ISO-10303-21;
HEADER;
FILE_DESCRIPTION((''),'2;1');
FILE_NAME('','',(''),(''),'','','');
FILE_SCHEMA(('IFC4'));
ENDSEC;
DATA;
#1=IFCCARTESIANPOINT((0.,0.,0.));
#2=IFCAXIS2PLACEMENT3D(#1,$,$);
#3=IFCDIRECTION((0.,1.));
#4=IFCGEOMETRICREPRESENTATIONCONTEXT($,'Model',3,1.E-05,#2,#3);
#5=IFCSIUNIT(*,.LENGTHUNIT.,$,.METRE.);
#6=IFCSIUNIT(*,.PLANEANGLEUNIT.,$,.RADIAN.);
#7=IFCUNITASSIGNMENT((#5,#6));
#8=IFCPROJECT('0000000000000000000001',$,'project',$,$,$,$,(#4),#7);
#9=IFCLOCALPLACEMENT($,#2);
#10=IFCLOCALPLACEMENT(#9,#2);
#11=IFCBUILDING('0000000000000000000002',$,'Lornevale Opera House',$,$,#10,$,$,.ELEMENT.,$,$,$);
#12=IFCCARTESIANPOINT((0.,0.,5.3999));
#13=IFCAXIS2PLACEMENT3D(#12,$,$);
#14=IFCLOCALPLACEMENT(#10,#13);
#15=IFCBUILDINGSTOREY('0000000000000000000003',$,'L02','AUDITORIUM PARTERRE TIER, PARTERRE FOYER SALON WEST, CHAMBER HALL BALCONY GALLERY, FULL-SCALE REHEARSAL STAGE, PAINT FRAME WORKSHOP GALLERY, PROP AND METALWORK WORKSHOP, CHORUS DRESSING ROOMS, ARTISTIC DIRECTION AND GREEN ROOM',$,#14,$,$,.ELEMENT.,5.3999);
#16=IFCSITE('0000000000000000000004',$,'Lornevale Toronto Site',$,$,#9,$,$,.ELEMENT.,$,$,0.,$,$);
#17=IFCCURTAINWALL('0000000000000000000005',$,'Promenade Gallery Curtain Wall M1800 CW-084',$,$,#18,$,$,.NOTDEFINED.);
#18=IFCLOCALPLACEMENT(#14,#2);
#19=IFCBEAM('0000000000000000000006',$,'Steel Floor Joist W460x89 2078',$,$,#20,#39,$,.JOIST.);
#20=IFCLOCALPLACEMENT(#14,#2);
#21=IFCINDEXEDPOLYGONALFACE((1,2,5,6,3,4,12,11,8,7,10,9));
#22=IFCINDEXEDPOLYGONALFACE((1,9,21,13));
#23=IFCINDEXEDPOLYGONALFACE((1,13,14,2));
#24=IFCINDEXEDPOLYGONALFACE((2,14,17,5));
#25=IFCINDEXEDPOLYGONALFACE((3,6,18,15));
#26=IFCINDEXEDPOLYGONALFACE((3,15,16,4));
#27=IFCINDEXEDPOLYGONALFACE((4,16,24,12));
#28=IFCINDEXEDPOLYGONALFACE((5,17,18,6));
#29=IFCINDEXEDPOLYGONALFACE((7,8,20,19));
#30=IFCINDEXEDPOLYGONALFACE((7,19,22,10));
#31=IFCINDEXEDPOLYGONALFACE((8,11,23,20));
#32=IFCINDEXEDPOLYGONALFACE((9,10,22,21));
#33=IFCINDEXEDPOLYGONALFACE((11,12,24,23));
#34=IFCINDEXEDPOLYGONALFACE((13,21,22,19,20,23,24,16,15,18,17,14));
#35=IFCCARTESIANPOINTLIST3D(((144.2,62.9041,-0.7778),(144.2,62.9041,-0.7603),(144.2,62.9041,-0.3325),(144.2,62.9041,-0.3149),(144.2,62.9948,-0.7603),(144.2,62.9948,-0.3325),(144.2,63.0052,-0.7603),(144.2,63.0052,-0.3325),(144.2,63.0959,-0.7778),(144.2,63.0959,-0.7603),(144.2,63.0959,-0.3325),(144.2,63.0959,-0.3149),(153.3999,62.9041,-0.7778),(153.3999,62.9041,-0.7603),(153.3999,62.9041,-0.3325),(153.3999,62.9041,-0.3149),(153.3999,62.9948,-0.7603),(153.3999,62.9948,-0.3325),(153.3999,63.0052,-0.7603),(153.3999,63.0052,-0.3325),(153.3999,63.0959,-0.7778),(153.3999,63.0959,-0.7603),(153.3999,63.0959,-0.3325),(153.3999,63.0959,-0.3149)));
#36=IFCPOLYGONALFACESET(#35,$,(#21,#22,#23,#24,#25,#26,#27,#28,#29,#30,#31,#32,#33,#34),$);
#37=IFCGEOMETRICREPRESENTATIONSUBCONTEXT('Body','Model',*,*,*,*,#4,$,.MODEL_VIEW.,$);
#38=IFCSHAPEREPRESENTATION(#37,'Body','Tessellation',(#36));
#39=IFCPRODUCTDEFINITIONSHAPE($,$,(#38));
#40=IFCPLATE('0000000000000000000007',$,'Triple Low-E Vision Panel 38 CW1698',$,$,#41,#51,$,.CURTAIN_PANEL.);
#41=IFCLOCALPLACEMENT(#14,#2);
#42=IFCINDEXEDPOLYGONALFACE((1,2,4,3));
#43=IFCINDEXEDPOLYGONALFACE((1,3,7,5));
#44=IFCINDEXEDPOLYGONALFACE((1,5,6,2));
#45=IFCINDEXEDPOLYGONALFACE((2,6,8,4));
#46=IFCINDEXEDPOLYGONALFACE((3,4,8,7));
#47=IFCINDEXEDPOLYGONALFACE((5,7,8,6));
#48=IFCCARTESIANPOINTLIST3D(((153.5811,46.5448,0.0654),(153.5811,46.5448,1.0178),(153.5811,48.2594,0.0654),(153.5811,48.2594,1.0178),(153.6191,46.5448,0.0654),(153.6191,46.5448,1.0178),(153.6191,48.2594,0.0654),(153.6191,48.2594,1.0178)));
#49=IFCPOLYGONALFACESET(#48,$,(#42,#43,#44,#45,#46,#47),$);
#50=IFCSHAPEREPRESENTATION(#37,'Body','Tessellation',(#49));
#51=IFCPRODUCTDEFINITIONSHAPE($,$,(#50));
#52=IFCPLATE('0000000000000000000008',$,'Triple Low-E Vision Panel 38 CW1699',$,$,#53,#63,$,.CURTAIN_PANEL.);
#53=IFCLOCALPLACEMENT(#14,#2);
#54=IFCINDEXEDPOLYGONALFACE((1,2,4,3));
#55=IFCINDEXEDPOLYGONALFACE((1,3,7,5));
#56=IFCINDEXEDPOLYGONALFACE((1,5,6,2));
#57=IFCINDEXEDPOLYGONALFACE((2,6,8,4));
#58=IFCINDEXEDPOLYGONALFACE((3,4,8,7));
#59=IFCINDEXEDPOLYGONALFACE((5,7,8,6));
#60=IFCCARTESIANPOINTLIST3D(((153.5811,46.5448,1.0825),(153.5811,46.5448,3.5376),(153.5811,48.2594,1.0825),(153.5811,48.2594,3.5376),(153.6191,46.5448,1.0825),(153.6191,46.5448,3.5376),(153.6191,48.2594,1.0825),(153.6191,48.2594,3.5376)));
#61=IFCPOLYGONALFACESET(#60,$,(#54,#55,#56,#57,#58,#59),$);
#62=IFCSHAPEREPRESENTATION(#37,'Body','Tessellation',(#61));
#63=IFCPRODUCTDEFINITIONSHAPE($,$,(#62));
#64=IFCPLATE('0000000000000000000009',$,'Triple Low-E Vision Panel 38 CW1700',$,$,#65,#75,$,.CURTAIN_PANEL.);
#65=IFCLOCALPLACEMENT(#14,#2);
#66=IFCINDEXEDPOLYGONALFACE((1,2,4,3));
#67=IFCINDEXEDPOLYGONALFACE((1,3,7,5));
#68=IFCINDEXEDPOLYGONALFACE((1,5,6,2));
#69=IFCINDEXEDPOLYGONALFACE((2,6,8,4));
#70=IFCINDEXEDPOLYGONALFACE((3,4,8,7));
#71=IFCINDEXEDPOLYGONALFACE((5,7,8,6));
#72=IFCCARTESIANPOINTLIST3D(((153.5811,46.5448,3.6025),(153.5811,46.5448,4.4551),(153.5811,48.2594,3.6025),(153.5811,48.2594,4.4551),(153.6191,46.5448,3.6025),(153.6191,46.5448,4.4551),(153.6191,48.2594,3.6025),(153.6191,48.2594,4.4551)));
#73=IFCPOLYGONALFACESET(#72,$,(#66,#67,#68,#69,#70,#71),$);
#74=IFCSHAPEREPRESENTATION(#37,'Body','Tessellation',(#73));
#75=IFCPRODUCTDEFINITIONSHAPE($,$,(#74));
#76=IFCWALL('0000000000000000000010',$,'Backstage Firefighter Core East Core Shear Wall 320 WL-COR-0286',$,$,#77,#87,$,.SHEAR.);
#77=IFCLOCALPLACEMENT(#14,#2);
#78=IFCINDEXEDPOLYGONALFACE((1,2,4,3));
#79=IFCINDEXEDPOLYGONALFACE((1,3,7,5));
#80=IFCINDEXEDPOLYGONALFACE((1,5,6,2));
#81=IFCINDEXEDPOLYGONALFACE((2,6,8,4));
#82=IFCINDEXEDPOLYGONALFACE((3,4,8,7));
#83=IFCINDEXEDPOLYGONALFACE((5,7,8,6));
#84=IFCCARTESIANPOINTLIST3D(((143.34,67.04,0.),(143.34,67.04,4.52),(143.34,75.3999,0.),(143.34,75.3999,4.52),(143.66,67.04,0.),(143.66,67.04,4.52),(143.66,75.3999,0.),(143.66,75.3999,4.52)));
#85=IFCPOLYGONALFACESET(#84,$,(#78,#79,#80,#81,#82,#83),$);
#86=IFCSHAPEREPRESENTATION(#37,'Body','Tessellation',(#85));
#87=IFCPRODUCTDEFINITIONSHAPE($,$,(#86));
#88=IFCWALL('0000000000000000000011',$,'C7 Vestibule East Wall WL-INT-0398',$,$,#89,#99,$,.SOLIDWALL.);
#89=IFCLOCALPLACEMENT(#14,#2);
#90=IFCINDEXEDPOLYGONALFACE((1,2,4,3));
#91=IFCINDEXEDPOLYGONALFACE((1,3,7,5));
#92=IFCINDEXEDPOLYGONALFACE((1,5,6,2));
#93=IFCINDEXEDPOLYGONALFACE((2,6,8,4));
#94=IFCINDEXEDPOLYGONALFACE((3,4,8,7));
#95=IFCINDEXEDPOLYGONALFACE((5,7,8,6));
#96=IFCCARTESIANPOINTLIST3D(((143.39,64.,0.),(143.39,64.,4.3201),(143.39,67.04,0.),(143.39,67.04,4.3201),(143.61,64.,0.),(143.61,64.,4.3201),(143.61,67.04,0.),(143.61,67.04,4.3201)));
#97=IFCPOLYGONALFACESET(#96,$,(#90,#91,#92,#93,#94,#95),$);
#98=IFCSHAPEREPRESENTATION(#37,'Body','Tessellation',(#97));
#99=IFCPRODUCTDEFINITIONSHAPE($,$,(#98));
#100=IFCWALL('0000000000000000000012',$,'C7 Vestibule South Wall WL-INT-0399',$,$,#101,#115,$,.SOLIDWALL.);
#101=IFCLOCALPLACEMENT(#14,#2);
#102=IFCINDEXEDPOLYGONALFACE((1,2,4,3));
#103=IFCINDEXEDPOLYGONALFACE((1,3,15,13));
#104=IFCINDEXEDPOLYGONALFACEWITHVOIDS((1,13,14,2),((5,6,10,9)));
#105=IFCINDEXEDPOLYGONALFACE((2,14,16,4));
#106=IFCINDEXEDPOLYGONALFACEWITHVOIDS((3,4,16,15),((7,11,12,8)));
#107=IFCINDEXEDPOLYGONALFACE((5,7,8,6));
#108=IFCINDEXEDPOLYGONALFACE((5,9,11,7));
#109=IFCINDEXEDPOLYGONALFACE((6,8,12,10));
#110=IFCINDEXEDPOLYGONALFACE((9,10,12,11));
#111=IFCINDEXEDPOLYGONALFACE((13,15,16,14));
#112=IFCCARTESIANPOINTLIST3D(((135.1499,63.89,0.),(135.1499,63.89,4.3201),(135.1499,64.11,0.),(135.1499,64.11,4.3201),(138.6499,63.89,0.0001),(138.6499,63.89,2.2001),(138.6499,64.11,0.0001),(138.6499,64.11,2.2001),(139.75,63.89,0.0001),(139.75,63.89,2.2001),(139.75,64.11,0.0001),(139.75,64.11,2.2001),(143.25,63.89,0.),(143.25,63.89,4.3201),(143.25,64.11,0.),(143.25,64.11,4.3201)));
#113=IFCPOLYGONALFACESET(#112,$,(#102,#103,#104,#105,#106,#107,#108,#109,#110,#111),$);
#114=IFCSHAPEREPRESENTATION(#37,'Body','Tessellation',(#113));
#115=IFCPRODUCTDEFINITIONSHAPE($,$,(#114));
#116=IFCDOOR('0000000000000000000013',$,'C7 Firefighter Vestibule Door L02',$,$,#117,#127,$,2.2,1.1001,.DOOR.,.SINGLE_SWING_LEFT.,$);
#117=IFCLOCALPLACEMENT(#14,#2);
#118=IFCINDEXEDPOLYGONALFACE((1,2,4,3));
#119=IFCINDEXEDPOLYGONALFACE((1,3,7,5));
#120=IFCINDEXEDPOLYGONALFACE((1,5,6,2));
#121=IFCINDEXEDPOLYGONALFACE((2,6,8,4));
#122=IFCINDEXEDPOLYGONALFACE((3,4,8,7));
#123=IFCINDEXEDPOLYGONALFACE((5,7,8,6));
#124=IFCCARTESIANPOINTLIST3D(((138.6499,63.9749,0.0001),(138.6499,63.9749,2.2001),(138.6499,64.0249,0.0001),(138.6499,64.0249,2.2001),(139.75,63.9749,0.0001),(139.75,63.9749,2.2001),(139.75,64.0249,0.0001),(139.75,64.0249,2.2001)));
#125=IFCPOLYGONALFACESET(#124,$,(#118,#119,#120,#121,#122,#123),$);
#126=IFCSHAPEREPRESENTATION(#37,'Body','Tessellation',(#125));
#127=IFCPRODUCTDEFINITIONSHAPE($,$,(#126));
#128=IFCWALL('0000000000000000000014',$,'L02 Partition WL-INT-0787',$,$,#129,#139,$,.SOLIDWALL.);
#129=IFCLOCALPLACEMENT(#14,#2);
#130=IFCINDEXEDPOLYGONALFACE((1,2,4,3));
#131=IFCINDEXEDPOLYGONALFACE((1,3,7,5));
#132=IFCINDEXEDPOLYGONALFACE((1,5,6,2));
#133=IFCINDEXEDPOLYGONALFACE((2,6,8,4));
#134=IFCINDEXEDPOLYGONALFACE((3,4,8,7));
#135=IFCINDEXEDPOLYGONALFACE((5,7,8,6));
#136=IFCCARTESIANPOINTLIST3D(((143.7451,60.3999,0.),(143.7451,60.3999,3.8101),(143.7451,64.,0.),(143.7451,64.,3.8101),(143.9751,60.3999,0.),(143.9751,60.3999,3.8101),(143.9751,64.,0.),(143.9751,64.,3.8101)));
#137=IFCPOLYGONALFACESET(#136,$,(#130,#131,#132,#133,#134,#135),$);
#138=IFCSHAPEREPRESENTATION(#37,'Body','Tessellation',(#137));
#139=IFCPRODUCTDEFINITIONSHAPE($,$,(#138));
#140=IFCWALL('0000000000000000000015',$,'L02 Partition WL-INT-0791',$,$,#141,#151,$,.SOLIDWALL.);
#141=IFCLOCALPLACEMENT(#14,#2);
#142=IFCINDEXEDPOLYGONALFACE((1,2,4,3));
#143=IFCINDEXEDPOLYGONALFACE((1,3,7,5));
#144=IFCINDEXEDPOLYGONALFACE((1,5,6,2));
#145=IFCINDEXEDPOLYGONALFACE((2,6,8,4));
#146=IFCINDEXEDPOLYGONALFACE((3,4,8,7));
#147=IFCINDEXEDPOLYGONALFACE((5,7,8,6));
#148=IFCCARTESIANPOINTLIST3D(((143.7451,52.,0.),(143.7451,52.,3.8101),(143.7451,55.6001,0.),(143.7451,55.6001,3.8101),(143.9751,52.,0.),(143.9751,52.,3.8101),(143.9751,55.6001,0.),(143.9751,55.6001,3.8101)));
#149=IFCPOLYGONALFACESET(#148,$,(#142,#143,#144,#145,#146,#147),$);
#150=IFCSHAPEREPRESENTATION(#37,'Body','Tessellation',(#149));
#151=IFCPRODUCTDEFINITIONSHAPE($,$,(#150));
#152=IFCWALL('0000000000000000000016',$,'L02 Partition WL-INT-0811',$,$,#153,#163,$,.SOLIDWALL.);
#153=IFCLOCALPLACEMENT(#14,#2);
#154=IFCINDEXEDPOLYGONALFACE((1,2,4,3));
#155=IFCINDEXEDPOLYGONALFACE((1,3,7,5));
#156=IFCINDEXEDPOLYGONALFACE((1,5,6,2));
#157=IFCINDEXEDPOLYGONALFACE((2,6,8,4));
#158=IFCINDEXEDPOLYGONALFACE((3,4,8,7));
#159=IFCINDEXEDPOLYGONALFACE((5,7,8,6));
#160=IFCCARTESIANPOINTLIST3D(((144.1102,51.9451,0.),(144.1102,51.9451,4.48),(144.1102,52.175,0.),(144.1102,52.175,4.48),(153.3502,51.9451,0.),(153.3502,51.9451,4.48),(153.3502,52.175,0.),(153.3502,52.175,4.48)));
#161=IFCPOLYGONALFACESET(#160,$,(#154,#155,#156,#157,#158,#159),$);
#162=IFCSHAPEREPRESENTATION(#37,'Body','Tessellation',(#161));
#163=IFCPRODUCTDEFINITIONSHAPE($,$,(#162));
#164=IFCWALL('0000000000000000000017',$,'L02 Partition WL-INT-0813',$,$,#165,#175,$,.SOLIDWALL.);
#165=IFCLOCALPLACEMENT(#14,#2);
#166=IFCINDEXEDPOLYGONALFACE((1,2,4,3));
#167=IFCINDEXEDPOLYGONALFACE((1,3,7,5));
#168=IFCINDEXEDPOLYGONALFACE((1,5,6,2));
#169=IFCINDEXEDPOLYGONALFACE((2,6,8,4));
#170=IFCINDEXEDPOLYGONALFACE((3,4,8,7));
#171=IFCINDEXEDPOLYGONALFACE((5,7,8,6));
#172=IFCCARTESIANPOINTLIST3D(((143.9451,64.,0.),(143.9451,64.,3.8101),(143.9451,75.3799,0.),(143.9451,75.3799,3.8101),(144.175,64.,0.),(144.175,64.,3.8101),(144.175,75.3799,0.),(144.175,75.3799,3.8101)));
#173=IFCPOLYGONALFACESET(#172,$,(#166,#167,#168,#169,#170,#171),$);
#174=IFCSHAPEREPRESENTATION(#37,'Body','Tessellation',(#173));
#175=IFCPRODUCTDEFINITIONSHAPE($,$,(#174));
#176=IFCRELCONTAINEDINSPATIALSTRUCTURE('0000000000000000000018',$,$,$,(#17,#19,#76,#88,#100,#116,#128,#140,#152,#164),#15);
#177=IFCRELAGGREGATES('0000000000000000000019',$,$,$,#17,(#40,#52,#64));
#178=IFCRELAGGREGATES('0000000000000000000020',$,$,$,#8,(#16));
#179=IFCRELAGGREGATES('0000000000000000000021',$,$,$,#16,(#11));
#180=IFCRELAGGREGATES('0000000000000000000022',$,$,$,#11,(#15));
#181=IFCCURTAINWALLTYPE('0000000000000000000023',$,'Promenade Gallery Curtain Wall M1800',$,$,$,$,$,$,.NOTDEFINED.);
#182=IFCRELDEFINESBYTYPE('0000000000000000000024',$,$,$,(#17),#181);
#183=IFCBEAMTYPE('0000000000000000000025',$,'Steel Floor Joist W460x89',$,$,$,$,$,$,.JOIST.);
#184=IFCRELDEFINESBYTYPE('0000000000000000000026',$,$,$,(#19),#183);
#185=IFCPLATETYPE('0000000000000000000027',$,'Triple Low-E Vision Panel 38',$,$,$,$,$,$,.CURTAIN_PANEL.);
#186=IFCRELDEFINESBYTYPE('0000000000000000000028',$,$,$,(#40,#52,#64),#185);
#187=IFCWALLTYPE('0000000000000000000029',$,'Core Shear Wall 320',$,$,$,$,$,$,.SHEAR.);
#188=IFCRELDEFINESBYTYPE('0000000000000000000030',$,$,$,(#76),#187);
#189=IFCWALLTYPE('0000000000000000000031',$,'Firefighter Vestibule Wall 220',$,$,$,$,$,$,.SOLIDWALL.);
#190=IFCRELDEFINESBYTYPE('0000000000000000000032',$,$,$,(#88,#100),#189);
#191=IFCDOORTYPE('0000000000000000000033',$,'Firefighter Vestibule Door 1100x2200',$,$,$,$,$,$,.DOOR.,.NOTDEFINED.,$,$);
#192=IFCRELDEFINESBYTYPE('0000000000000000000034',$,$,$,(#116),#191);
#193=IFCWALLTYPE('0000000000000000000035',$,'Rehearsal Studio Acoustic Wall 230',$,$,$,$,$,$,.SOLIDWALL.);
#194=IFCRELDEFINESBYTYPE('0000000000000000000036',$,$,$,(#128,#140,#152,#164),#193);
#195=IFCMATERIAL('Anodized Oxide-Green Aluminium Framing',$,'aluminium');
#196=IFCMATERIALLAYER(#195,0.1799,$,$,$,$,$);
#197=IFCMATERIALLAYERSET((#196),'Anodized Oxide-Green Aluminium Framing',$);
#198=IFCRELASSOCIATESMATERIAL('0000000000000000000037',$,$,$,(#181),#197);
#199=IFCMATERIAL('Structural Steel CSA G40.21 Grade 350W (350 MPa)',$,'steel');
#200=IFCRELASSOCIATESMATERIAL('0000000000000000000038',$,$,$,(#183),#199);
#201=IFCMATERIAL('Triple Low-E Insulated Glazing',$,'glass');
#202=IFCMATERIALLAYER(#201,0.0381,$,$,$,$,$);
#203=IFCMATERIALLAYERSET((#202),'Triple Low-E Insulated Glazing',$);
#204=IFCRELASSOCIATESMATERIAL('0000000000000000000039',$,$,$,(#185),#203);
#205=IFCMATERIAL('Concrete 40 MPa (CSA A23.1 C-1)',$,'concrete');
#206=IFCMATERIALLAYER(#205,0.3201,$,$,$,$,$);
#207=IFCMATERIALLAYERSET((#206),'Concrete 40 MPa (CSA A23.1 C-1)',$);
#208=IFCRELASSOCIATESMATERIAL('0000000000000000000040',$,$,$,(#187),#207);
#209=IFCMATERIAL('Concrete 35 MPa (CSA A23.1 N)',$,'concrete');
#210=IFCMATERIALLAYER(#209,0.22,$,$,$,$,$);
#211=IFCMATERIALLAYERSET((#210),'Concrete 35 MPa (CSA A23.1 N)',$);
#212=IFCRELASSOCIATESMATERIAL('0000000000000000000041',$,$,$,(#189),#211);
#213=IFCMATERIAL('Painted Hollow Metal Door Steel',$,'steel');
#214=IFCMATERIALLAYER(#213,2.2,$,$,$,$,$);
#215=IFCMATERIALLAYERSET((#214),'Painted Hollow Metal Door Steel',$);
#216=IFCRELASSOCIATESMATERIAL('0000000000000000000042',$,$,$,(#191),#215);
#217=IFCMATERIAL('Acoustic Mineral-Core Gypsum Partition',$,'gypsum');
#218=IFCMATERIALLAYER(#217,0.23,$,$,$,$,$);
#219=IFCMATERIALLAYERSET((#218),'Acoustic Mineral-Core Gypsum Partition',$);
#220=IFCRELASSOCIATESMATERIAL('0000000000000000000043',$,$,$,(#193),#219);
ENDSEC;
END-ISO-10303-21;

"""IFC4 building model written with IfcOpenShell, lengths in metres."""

from ifc_helpers import new_model, si_unit, direction, frame, frame_2d, origin, origin_2d, place, context, subcontext, project, spatial, rectangle, i_section, extrude, material, layer, layer_set, material_profile, profile_set, type_object, element, fill, aggregate, save


model = new_model("IFC4")

# Units and contexts
model_context = context("Model", 3, precision=1e-05, world=origin(), true_north=direction((0.0, 1.0)))
body_context = subcontext(model_context, "Body", "Model", "MODEL_VIEW")
ifc_project = project(units=[si_unit("LENGTHUNIT", "METRE"), si_unit("PLANEANGLEUNIT", "RADIAN")], contexts=[model_context])

# Site, building, storey
site_placement = place(None, origin())
site = spatial("IfcSite", under=ifc_project, at=site_placement, Name="Lornevale Toronto Site", CompositionType="ELEMENT", RefElevation=0.0)
building_placement = place(site_placement, origin())
building = spatial("IfcBuilding", under=site, at=building_placement, Name="Lornevale Opera House", CompositionType="ELEMENT")
storey_placement = place(building_placement, frame((0.0, 0.0, 5.3999)))
storey = spatial("IfcBuildingStorey", under=building, at=storey_placement, Name="L02", Description="AUDITORIUM PARTERRE TIER, PARTERRE FOYER SALON WEST, CHAMBER HALL BALCONY GALLERY, FULL-SCALE REHEARSAL STAGE, PAINT FRAME WORKSHOP GALLERY, PROP AND METALWORK WORKSHOP, CHORUS DRESSING ROOMS, ARTISTIC DIRECTION AND GREEN ROOM", CompositionType="ELEMENT", Elevation=5.3999)

# Shared definitions
ifc_material_1 = material(Name="Concrete 40 MPa (CSA A23.1 C-1)", Category="concrete")

# Shared definitions
ifc_material_2 = material(Name="Concrete 35 MPa (CSA A23.1 N)", Category="concrete")

# Curtain wall
ifc_material_3 = material(Name="Anodized Oxide-Green Aluminium Framing", Category="aluminium")
ifc_layer_1 = layer(ifc_material_3, 0.1799)
ifc_layer_set_1 = layer_set([ifc_layer_1], Name="Anodized Oxide-Green Aluminium Framing")
curtain_wall_type = type_object("IfcCurtainWallType", Name="Promenade Gallery Curtain Wall M1800", PredefinedType="NOTDEFINED", material=ifc_layer_set_1)
curtain_wall_placement = place(storey_placement, origin())
curtain_wall = element("IfcCurtainWall", 1, at=curtain_wall_placement, inside=storey, type_object=curtain_wall_type, Name="Promenade Gallery Curtain Wall M1800 CW-084", PredefinedType="NOTDEFINED")

# Beam
ifc_material_4 = material(Name="Structural Steel CSA G40.21 Grade 350W (350 MPa)", Category="steel")
ifc_material_profile_1 = material_profile(ifc_material_4, i_section(OverallWidth=0.1919, OverallDepth=0.4629, WebThickness=0.0105, FlangeThickness=0.0176, at=origin_2d()), Name="W460x89")
ifc_profile_set_1 = profile_set([ifc_material_profile_1], Name="Structural Steel CSA G40.21 Grade 350W (350 MPa)")
beam_type_1 = type_object("IfcBeamType", Name="Steel Floor Joist W460x89", PredefinedType="JOIST", material=ifc_profile_set_1)
for number, where, z_axis, x_axis, name in (
    (2, (144.2, 63.0, -0.5464), (1.0, 0.0, 0.0), (0.0, 1.0, 0.0), "Steel Floor Joist W460x89 2078"),
):
    element("IfcBeam", number, at=place(storey_placement, frame(where, z_axis=z_axis, x_axis=x_axis)), inside=storey, type_object=beam_type_1, Name=name, PredefinedType="JOIST", context=body_context, shape_type="SweptSolid", body=[
        extrude(i_section(OverallWidth=0.1919, OverallDepth=0.4629, WebThickness=0.0105, FlangeThickness=0.0176, at=origin_2d()), origin(), (0.0, 0.0, 1.0), 9.2),
    ])

# Plates
ifc_material_5 = material(Name="Triple Low-E Insulated Glazing", Category="glass")
ifc_layer_2 = layer(ifc_material_5, 0.0381)
ifc_layer_set_2 = layer_set([ifc_layer_2], Name="Triple Low-E Insulated Glazing")
plate_type = type_object("IfcPlateType", Name="Triple Low-E Vision Panel 38", PredefinedType="CURTAIN_PANEL", material=ifc_layer_set_2)
plate_1_placement = place(storey_placement, frame((153.6001, 47.4021, 0.0654), z_axis=(0.0, 0.0, 1.0), x_axis=(0.0, -1.0, 0.0)))
plate_1 = element("IfcPlate", 3, at=plate_1_placement, type_object=plate_type, Name="Triple Low-E Vision Panel 38 CW1698", PredefinedType="CURTAIN_PANEL", context=body_context, shape_type="SweptSolid", body=[
    extrude(rectangle(XDim=1.7146, YDim=0.0381, at=origin_2d()), origin(), (0.0, 0.0, 1.0), 0.9524),
])
plate_2_placement = place(storey_placement, frame((153.6001, 47.4021, 1.0825), z_axis=(0.0, 0.0, 1.0), x_axis=(0.0, -1.0, 0.0)))
plate_2 = element("IfcPlate", 4, at=plate_2_placement, type_object=plate_type, Name="Triple Low-E Vision Panel 38 CW1699", PredefinedType="CURTAIN_PANEL", context=body_context, shape_type="SweptSolid", body=[
    extrude(rectangle(XDim=1.7146, YDim=0.0381, at=origin_2d()), origin(), (0.0, 0.0, 1.0), 2.4551),
])
plate_3_placement = place(storey_placement, frame((153.6001, 47.4021, 3.6025), z_axis=(0.0, 0.0, 1.0), x_axis=(0.0, -1.0, 0.0)))
plate_3 = element("IfcPlate", 5, at=plate_3_placement, type_object=plate_type, Name="Triple Low-E Vision Panel 38 CW1700", PredefinedType="CURTAIN_PANEL", context=body_context, shape_type="SweptSolid", body=[
    extrude(rectangle(XDim=1.7146, YDim=0.0381, at=origin_2d()), origin(), (0.0, 0.0, 1.0), 0.8525),
])
aggregate(curtain_wall, [plate_1, plate_2, plate_3])

# Walls
ifc_layer_3 = layer(ifc_material_1, 0.3201)
ifc_layer_set_3 = layer_set([ifc_layer_3], Name="Concrete 40 MPa (CSA A23.1 C-1)")
wall_type_1 = type_object("IfcWallType", Name="Core Shear Wall 320", PredefinedType="SHEAR", material=ifc_layer_set_3)
wall_1_placement = place(storey_placement, frame((143.5, 67.04, 0.0), z_axis=(0.0, 0.0, 1.0), x_axis=(0.0, 1.0, 0.0)))
element("IfcWall", 6, at=wall_1_placement, inside=storey, type_object=wall_type_1, Name="Backstage Firefighter Core East Core Shear Wall 320 WL-COR-0286", PredefinedType="SHEAR", context=body_context, shape_type="SweptSolid", body=[
    extrude(rectangle(XDim=8.3599, YDim=0.3201, at=frame_2d((4.1799, 0.0))), origin(), (0.0, 0.0, 1.0), 4.52),
])
ifc_layer_4 = layer(ifc_material_2, 0.22)
ifc_layer_set_4 = layer_set([ifc_layer_4], Name="Concrete 35 MPa (CSA A23.1 N)")
wall_type_2 = type_object("IfcWallType", Name="Firefighter Vestibule Wall 220", PredefinedType="SOLIDWALL", material=ifc_layer_set_4)
wall_2_placement = place(storey_placement, frame((143.5, 64.0, 0.0), z_axis=(0.0, 0.0, 1.0), x_axis=(0.0, 1.0, 0.0)))
element("IfcWall", 7, at=wall_2_placement, inside=storey, type_object=wall_type_2, Name="C7 Vestibule East Wall WL-INT-0398", PredefinedType="SOLIDWALL", context=body_context, shape_type="SweptSolid", body=[
    extrude(rectangle(XDim=3.04, YDim=0.22, at=frame_2d((1.52, 0.0))), origin(), (0.0, 0.0, 1.0), 4.3201),
])

# Wall, opening, door
wall_3_placement = place(storey_placement, frame((135.1499, 64.0, 0.0), z_axis=(0.0, 0.0, 1.0), x_axis=(1.0, 0.0, 0.0)))
wall_3 = element("IfcWall", 8, at=wall_3_placement, inside=storey, type_object=wall_type_2, Name="C7 Vestibule South Wall WL-INT-0399", PredefinedType="SOLIDWALL", context=body_context, shape_type="SweptSolid", body=[
    extrude(rectangle(XDim=8.1001, YDim=0.22, at=frame_2d((4.05, 0.0))), origin(), (0.0, 0.0, 1.0), 4.3201),
])
opening_placement = place(wall_3_placement, frame((3.5, 0.0, 0.0)))
opening = element("IfcOpeningElement", 9, at=opening_placement, cuts=wall_3, PredefinedType="OPENING", context=body_context, shape_type="SweptSolid", body=[
    extrude(rectangle(XDim=1.1001, YDim=2.2, at=frame_2d((0.55, 1.1001))), frame((0.0, 0.1199, 0.0), z_axis=(0.0, -1.0, 0.0), x_axis=(1.0, 0.0, 0.0)), (0.0, 0.0, 1.0), 0.24),
])
ifc_material_6 = material(Name="Painted Hollow Metal Door Steel", Category="steel")
ifc_layer_5 = layer(ifc_material_6, 2.2)
ifc_layer_set_5 = layer_set([ifc_layer_5], Name="Painted Hollow Metal Door Steel")
door_type = type_object("IfcDoorType", Name="Firefighter Vestibule Door 1100x2200", OperationType="NOTDEFINED", PredefinedType="DOOR", material=ifc_layer_set_5)
door_placement = place(opening_placement, origin())
door = element("IfcDoor", 10, at=door_placement, inside=storey, type_object=door_type, Name="C7 Firefighter Vestibule Door L02", OperationType="SINGLE_SWING_LEFT", OverallHeight=2.2, OverallWidth=1.1001, PredefinedType="DOOR", context=body_context, shape_type="SweptSolid", body=[
    extrude(rectangle(XDim=1.1001, YDim=2.2, at=frame_2d((0.55, 1.1001))), frame((0.0, 0.0249, 0.0), z_axis=(0.0, -1.0, 0.0), x_axis=(1.0, 0.0, 0.0)), (0.0, 0.0, 1.0), 0.05),
])
fill(opening, door)

# Walls
ifc_material_7 = material(Name="Acoustic Mineral-Core Gypsum Partition", Category="gypsum")
ifc_layer_6 = layer(ifc_material_7, 0.23)
ifc_layer_set_6 = layer_set([ifc_layer_6], Name="Acoustic Mineral-Core Gypsum Partition")
wall_type_3 = type_object("IfcWallType", Name="Rehearsal Studio Acoustic Wall 230", PredefinedType="SOLIDWALL", material=ifc_layer_set_6)
for number, where, z_axis, x_axis, name in (
    (11, (143.8601, 60.3999, 0.0), (0.0, 0.0, 1.0), (0.0, 1.0, 0.0), "L02 Partition WL-INT-0787"),
    (12, (143.8601, 52.0, 0.0), (0.0, 0.0, 1.0), (0.0, 1.0, 0.0), "L02 Partition WL-INT-0791"),
):
    element("IfcWall", number, at=place(storey_placement, frame(where, z_axis=z_axis, x_axis=x_axis)), inside=storey, type_object=wall_type_3, Name=name, PredefinedType="SOLIDWALL", context=body_context, shape_type="SweptSolid", body=[
        extrude(rectangle(XDim=3.6001, YDim=0.23, at=frame_2d((1.8, 0.0))), origin(), (0.0, 0.0, 1.0), 3.8101),
    ])
wall_4_placement = place(storey_placement, frame((144.1101, 52.0601, 0.0), z_axis=(0.0, 0.0, 1.0), x_axis=(1.0, 0.0, 0.0)))
element("IfcWall", 13, at=wall_4_placement, inside=storey, type_object=wall_type_3, Name="L02 Partition WL-INT-0811", PredefinedType="SOLIDWALL", context=body_context, shape_type="SweptSolid", body=[
    extrude(rectangle(XDim=9.24, YDim=0.23, at=frame_2d((4.6201, 0.0))), origin(), (0.0, 0.0, 1.0), 4.48),
])
wall_5_placement = place(storey_placement, frame((144.0601, 64.0, 0.0), z_axis=(0.0, 0.0, 1.0), x_axis=(0.0, 1.0, 0.0)))
element("IfcWall", 14, at=wall_5_placement, inside=storey, type_object=wall_type_3, Name="L02 Partition WL-INT-0813", PredefinedType="SOLIDWALL", context=body_context, shape_type="SweptSolid", body=[
    extrude(rectangle(XDim=11.3799, YDim=0.23, at=frame_2d((5.6899, 0.0))), origin(), (0.0, 0.0, 1.0), 3.8101),
])

save(model, "model.ifc")
